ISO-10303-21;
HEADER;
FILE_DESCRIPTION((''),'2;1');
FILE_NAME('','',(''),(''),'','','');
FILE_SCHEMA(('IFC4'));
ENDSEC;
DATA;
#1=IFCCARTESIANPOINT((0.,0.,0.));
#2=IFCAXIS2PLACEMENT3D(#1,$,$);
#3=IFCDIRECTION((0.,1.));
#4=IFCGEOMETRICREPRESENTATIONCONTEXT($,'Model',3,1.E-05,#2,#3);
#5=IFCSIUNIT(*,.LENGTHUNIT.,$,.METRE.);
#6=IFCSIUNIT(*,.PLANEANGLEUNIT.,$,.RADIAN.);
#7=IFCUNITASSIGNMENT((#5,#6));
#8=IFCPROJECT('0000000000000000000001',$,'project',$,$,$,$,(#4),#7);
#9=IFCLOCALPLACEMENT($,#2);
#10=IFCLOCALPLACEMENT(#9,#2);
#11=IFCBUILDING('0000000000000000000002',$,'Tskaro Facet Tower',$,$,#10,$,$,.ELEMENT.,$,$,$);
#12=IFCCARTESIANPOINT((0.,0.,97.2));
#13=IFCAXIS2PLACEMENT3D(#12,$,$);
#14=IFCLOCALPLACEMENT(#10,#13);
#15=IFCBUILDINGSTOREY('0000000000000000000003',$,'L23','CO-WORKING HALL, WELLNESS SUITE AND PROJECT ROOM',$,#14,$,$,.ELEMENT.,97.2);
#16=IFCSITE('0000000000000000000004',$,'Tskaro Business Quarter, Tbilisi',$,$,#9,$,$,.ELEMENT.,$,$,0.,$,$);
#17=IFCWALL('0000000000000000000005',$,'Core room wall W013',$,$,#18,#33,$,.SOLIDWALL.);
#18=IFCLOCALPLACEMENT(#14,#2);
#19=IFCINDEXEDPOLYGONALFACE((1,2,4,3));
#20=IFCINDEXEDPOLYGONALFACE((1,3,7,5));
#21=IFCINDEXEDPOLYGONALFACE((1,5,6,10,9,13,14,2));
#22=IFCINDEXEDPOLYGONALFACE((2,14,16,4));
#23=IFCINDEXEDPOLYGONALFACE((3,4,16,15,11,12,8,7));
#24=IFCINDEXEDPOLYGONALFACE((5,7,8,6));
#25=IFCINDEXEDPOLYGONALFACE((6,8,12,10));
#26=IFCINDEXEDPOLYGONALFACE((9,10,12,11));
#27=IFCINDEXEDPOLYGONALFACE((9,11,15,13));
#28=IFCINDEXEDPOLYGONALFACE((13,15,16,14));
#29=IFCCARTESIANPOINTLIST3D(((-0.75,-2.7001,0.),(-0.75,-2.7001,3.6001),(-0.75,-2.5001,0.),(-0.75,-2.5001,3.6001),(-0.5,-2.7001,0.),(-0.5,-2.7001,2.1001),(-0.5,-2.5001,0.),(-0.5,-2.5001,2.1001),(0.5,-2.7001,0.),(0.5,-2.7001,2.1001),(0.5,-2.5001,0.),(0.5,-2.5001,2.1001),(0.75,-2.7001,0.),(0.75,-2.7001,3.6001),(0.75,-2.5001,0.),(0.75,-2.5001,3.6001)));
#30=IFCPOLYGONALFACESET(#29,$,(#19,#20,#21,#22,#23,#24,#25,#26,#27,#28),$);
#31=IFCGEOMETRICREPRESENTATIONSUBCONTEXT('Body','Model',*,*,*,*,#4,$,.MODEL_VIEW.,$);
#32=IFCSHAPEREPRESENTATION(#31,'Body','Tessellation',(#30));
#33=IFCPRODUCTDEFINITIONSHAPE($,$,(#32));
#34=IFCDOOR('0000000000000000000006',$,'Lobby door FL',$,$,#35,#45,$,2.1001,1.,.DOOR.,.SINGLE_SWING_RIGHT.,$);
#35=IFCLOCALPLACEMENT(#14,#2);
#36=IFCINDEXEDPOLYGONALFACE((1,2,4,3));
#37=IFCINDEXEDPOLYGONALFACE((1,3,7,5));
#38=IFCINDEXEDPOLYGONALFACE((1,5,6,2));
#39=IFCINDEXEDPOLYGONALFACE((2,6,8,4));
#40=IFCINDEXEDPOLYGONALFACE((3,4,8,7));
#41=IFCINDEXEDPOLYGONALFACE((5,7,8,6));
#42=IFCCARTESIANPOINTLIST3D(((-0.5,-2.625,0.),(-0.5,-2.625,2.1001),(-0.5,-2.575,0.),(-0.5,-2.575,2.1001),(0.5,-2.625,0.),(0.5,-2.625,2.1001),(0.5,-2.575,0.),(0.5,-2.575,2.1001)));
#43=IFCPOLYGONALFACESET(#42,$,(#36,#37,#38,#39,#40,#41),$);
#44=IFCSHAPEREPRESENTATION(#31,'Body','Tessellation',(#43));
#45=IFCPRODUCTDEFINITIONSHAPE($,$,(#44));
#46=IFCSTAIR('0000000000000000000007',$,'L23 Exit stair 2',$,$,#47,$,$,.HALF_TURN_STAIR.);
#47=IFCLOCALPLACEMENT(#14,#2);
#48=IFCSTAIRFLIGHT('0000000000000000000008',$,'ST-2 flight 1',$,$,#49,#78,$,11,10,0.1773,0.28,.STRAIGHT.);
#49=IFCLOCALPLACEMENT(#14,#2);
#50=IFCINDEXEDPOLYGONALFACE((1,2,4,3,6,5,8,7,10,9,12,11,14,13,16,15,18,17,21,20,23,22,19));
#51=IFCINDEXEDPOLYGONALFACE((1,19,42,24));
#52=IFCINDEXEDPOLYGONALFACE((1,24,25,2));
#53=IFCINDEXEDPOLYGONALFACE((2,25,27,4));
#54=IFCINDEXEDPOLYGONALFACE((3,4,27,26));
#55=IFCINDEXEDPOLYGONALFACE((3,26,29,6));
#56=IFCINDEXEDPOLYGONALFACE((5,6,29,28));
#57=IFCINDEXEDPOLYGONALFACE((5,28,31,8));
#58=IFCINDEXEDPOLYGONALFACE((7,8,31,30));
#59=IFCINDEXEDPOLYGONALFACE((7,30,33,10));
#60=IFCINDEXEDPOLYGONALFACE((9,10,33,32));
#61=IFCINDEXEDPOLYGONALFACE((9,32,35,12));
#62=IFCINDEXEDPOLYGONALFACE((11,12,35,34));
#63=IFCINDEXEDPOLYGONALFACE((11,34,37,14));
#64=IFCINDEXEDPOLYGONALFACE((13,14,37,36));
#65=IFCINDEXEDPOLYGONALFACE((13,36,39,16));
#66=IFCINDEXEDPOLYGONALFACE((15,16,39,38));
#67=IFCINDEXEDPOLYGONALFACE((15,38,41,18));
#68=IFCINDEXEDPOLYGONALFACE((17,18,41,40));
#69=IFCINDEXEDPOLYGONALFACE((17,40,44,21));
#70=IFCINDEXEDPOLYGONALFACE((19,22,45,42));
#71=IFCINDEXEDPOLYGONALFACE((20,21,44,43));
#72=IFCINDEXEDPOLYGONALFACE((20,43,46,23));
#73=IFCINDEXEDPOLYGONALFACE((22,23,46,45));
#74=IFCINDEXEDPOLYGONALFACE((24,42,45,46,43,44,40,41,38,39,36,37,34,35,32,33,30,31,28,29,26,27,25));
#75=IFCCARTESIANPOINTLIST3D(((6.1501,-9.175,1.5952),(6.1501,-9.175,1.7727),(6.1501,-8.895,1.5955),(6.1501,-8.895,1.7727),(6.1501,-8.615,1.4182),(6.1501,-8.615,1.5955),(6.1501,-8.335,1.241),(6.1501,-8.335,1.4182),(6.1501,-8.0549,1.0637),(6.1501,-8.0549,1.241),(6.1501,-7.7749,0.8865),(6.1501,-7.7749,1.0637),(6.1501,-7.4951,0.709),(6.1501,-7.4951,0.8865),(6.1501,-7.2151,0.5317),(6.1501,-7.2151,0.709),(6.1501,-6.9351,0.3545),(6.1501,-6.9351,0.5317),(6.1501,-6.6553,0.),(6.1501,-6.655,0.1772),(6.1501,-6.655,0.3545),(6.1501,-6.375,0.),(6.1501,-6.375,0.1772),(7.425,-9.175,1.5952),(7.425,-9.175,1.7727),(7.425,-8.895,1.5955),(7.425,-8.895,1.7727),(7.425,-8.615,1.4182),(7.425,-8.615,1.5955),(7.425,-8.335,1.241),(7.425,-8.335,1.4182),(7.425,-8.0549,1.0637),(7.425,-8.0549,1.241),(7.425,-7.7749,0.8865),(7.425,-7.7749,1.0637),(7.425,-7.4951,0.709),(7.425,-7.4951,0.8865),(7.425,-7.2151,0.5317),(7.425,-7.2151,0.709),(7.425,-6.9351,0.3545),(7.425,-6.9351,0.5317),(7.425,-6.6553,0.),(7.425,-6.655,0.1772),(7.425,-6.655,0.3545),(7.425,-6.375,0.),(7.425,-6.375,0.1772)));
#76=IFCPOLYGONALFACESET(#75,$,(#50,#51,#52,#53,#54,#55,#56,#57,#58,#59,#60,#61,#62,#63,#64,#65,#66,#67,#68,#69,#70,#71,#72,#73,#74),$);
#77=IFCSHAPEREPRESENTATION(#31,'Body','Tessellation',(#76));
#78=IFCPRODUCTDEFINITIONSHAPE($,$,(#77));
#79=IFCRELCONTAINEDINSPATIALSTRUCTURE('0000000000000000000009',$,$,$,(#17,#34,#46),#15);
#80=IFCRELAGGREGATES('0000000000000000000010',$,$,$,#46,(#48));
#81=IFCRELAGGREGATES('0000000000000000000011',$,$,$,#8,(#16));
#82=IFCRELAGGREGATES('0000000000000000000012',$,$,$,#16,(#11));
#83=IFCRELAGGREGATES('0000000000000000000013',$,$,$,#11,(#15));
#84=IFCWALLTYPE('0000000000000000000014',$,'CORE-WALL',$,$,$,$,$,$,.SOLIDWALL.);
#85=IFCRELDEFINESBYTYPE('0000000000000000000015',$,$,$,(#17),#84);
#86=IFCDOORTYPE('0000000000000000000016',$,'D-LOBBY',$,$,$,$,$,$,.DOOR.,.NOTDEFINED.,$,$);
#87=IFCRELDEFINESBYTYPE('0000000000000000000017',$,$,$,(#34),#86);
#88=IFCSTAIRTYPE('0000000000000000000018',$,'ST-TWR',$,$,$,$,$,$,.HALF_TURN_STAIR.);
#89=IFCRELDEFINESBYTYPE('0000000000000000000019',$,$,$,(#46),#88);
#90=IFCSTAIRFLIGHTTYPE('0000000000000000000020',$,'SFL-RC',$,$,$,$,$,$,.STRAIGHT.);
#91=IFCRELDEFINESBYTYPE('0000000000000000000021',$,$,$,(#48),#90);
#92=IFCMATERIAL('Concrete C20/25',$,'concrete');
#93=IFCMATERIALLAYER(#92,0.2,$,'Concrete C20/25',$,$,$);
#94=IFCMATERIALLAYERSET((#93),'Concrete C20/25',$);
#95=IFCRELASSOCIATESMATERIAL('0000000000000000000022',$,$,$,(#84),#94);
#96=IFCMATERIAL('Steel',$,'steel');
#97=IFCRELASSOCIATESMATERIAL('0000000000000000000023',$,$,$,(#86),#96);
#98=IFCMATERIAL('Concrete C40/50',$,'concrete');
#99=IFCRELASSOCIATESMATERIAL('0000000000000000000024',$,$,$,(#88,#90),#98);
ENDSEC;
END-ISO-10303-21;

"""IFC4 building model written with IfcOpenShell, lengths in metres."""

from ifc_helpers import new_model, si_unit, direction, frame, frame_2d, origin, place, context, subcontext, project, spatial, polyline, rectangle, outline, extrude, material, layer, layer_set, type_object, element, fill, aggregate, save


model = new_model("IFC4")

# Units and contexts
model_context = context("Model", 3, precision=1e-05, world=origin(), true_north=direction((0.0, 1.0)))
body_context = subcontext(model_context, "Body", "Model", "MODEL_VIEW")
ifc_project = project(units=[si_unit("LENGTHUNIT", "METRE"), si_unit("PLANEANGLEUNIT", "RADIAN")], contexts=[model_context])

# Site, building, storey
site_placement = place(None, origin())
site = spatial("IfcSite", under=ifc_project, at=site_placement, Name="Tskaro Business Quarter, Tbilisi", CompositionType="ELEMENT", RefElevation=0.0)
building_placement = place(site_placement, origin())
building = spatial("IfcBuilding", under=site, at=building_placement, Name="Tskaro Facet Tower", CompositionType="ELEMENT")
storey_placement = place(building_placement, frame((0.0, 0.0, 97.2)))
storey = spatial("IfcBuildingStorey", under=building, at=storey_placement, Name="L23", Description="CO-WORKING HALL, WELLNESS SUITE AND PROJECT ROOM", CompositionType="ELEMENT", Elevation=97.2)

# Shared definitions
ifc_material_1 = material(Name="Steel", Category="steel")

# Wall, opening, door
ifc_material_2 = material(Name="Concrete C20/25", Category="concrete")
ifc_layer_1 = layer(ifc_material_2, 0.2, Name="Concrete C20/25")
ifc_layer_set_1 = layer_set([ifc_layer_1], Name="Concrete C20/25")
wall_type_1 = type_object("IfcWallType", Name="CORE-WALL", PredefinedType="SOLIDWALL", material=ifc_layer_set_1)
wall_1_placement = place(storey_placement, frame((0.75, -2.6001, 0.0), z_axis=(0.0, 0.0, 1.0), x_axis=(-1.0, 0.0, 0.0)))
wall_1 = element("IfcWall", 1, at=wall_1_placement, inside=storey, type_object=wall_type_1, Name="Core room wall W013", PredefinedType="SOLIDWALL", context=body_context, shape_type="SweptSolid", body=[
    extrude(rectangle(XDim=1.5, YDim=0.2, at=frame_2d((0.75, 0.0))), origin(), (0.0, 0.0, 1.0), 3.6001),
])
opening_1_placement = place(wall_1_placement, frame((0.25, 0.0, 0.0)))
opening_1 = element("IfcOpeningElement", 2, at=opening_1_placement, cuts=wall_1, PredefinedType="OPENING", context=body_context, shape_type="SweptSolid", body=[
    extrude(rectangle(XDim=1.0, YDim=2.1001, at=frame_2d((0.5, 1.05))), frame((0.0, 0.1099, 0.0), z_axis=(0.0, -1.0, 0.0), x_axis=(1.0, 0.0, 0.0)), (0.0, 0.0, 1.0), 0.22),
])
door_type_1 = type_object("IfcDoorType", Name="D-LOBBY", OperationType="NOTDEFINED", PredefinedType="DOOR", material=ifc_material_1)
door_1_placement = place(opening_1_placement, origin())
door_1 = element("IfcDoor", 3, at=door_1_placement, inside=storey, type_object=door_type_1, Name="Lobby door FL", OperationType="SINGLE_SWING_RIGHT", OverallHeight=2.1001, OverallWidth=1.0, PredefinedType="DOOR", context=body_context, shape_type="SweptSolid", body=[
    extrude(rectangle(XDim=1.0, YDim=2.1001, at=frame_2d((0.5, 1.05))), frame((0.0, 0.0249, 0.0), z_axis=(0.0, -1.0, 0.0), x_axis=(1.0, 0.0, 0.0)), (0.0, 0.0, 1.0), 0.05),
])
fill(opening_1, door_1)

# Stair, stair flight
ifc_material_3 = material(Name="Concrete C40/50", Category="concrete")
stair_type = type_object("IfcStairType", Name="ST-TWR", PredefinedType="HALF_TURN_STAIR", material=ifc_material_3)
stair_placement = place(storey_placement, origin())
stair = element("IfcStair", 4, at=stair_placement, inside=storey, type_object=stair_type, Name="L23 Exit stair 2", PredefinedType="HALF_TURN_STAIR")
stair_flight_type = type_object("IfcStairFlightType", Name="SFL-RC", PredefinedType="STRAIGHT", material=ifc_material_3)
stair_flight_placement = place(storey_placement, frame((6.7876, -6.375, 0.0), z_axis=(0.0, 0.0, 1.0), x_axis=(0.0, -1.0, 0.0)))
stair_flight = element("IfcStairFlight", 5, at=stair_flight_placement, type_object=stair_flight_type, Name="ST-2 flight 1", NumberOfRisers=11, NumberOfTreads=10, PredefinedType="STRAIGHT", RiserHeight=0.1773, TreadLength=0.28, context=body_context, shape_type="SweptSolid", body=[
    extrude(outline(polyline([(0.0, 0.0), (0.0, 0.1772), (0.28, 0.1772), (0.28, 0.3545), (0.5601, 0.3545), (0.5601, 0.5317), (0.8401, 0.5317), (0.8401, 0.709), (1.1201, 0.709), (1.1201, 0.8865), (1.3999, 0.8865), (1.3999, 1.0637), (1.6799, 1.0637), (1.6799, 1.241), (1.96, 1.241), (1.96, 1.4182), (2.24, 1.4182), (2.24, 1.5955), (2.52, 1.5955), (2.52, 1.7727), (2.8, 1.7727), (2.8, 1.95), (2.8, 1.5952), (0.2803, 0.0), (0.0, 0.0)])), frame((0.0, 0.6375, 0.0), z_axis=(0.0, -1.0, 0.0), x_axis=(1.0, 0.0, 0.0)), (0.0, 0.0, 1.0), 1.2749),
])
aggregate(stair, [stair_flight])

save(model, "model.ifc")
